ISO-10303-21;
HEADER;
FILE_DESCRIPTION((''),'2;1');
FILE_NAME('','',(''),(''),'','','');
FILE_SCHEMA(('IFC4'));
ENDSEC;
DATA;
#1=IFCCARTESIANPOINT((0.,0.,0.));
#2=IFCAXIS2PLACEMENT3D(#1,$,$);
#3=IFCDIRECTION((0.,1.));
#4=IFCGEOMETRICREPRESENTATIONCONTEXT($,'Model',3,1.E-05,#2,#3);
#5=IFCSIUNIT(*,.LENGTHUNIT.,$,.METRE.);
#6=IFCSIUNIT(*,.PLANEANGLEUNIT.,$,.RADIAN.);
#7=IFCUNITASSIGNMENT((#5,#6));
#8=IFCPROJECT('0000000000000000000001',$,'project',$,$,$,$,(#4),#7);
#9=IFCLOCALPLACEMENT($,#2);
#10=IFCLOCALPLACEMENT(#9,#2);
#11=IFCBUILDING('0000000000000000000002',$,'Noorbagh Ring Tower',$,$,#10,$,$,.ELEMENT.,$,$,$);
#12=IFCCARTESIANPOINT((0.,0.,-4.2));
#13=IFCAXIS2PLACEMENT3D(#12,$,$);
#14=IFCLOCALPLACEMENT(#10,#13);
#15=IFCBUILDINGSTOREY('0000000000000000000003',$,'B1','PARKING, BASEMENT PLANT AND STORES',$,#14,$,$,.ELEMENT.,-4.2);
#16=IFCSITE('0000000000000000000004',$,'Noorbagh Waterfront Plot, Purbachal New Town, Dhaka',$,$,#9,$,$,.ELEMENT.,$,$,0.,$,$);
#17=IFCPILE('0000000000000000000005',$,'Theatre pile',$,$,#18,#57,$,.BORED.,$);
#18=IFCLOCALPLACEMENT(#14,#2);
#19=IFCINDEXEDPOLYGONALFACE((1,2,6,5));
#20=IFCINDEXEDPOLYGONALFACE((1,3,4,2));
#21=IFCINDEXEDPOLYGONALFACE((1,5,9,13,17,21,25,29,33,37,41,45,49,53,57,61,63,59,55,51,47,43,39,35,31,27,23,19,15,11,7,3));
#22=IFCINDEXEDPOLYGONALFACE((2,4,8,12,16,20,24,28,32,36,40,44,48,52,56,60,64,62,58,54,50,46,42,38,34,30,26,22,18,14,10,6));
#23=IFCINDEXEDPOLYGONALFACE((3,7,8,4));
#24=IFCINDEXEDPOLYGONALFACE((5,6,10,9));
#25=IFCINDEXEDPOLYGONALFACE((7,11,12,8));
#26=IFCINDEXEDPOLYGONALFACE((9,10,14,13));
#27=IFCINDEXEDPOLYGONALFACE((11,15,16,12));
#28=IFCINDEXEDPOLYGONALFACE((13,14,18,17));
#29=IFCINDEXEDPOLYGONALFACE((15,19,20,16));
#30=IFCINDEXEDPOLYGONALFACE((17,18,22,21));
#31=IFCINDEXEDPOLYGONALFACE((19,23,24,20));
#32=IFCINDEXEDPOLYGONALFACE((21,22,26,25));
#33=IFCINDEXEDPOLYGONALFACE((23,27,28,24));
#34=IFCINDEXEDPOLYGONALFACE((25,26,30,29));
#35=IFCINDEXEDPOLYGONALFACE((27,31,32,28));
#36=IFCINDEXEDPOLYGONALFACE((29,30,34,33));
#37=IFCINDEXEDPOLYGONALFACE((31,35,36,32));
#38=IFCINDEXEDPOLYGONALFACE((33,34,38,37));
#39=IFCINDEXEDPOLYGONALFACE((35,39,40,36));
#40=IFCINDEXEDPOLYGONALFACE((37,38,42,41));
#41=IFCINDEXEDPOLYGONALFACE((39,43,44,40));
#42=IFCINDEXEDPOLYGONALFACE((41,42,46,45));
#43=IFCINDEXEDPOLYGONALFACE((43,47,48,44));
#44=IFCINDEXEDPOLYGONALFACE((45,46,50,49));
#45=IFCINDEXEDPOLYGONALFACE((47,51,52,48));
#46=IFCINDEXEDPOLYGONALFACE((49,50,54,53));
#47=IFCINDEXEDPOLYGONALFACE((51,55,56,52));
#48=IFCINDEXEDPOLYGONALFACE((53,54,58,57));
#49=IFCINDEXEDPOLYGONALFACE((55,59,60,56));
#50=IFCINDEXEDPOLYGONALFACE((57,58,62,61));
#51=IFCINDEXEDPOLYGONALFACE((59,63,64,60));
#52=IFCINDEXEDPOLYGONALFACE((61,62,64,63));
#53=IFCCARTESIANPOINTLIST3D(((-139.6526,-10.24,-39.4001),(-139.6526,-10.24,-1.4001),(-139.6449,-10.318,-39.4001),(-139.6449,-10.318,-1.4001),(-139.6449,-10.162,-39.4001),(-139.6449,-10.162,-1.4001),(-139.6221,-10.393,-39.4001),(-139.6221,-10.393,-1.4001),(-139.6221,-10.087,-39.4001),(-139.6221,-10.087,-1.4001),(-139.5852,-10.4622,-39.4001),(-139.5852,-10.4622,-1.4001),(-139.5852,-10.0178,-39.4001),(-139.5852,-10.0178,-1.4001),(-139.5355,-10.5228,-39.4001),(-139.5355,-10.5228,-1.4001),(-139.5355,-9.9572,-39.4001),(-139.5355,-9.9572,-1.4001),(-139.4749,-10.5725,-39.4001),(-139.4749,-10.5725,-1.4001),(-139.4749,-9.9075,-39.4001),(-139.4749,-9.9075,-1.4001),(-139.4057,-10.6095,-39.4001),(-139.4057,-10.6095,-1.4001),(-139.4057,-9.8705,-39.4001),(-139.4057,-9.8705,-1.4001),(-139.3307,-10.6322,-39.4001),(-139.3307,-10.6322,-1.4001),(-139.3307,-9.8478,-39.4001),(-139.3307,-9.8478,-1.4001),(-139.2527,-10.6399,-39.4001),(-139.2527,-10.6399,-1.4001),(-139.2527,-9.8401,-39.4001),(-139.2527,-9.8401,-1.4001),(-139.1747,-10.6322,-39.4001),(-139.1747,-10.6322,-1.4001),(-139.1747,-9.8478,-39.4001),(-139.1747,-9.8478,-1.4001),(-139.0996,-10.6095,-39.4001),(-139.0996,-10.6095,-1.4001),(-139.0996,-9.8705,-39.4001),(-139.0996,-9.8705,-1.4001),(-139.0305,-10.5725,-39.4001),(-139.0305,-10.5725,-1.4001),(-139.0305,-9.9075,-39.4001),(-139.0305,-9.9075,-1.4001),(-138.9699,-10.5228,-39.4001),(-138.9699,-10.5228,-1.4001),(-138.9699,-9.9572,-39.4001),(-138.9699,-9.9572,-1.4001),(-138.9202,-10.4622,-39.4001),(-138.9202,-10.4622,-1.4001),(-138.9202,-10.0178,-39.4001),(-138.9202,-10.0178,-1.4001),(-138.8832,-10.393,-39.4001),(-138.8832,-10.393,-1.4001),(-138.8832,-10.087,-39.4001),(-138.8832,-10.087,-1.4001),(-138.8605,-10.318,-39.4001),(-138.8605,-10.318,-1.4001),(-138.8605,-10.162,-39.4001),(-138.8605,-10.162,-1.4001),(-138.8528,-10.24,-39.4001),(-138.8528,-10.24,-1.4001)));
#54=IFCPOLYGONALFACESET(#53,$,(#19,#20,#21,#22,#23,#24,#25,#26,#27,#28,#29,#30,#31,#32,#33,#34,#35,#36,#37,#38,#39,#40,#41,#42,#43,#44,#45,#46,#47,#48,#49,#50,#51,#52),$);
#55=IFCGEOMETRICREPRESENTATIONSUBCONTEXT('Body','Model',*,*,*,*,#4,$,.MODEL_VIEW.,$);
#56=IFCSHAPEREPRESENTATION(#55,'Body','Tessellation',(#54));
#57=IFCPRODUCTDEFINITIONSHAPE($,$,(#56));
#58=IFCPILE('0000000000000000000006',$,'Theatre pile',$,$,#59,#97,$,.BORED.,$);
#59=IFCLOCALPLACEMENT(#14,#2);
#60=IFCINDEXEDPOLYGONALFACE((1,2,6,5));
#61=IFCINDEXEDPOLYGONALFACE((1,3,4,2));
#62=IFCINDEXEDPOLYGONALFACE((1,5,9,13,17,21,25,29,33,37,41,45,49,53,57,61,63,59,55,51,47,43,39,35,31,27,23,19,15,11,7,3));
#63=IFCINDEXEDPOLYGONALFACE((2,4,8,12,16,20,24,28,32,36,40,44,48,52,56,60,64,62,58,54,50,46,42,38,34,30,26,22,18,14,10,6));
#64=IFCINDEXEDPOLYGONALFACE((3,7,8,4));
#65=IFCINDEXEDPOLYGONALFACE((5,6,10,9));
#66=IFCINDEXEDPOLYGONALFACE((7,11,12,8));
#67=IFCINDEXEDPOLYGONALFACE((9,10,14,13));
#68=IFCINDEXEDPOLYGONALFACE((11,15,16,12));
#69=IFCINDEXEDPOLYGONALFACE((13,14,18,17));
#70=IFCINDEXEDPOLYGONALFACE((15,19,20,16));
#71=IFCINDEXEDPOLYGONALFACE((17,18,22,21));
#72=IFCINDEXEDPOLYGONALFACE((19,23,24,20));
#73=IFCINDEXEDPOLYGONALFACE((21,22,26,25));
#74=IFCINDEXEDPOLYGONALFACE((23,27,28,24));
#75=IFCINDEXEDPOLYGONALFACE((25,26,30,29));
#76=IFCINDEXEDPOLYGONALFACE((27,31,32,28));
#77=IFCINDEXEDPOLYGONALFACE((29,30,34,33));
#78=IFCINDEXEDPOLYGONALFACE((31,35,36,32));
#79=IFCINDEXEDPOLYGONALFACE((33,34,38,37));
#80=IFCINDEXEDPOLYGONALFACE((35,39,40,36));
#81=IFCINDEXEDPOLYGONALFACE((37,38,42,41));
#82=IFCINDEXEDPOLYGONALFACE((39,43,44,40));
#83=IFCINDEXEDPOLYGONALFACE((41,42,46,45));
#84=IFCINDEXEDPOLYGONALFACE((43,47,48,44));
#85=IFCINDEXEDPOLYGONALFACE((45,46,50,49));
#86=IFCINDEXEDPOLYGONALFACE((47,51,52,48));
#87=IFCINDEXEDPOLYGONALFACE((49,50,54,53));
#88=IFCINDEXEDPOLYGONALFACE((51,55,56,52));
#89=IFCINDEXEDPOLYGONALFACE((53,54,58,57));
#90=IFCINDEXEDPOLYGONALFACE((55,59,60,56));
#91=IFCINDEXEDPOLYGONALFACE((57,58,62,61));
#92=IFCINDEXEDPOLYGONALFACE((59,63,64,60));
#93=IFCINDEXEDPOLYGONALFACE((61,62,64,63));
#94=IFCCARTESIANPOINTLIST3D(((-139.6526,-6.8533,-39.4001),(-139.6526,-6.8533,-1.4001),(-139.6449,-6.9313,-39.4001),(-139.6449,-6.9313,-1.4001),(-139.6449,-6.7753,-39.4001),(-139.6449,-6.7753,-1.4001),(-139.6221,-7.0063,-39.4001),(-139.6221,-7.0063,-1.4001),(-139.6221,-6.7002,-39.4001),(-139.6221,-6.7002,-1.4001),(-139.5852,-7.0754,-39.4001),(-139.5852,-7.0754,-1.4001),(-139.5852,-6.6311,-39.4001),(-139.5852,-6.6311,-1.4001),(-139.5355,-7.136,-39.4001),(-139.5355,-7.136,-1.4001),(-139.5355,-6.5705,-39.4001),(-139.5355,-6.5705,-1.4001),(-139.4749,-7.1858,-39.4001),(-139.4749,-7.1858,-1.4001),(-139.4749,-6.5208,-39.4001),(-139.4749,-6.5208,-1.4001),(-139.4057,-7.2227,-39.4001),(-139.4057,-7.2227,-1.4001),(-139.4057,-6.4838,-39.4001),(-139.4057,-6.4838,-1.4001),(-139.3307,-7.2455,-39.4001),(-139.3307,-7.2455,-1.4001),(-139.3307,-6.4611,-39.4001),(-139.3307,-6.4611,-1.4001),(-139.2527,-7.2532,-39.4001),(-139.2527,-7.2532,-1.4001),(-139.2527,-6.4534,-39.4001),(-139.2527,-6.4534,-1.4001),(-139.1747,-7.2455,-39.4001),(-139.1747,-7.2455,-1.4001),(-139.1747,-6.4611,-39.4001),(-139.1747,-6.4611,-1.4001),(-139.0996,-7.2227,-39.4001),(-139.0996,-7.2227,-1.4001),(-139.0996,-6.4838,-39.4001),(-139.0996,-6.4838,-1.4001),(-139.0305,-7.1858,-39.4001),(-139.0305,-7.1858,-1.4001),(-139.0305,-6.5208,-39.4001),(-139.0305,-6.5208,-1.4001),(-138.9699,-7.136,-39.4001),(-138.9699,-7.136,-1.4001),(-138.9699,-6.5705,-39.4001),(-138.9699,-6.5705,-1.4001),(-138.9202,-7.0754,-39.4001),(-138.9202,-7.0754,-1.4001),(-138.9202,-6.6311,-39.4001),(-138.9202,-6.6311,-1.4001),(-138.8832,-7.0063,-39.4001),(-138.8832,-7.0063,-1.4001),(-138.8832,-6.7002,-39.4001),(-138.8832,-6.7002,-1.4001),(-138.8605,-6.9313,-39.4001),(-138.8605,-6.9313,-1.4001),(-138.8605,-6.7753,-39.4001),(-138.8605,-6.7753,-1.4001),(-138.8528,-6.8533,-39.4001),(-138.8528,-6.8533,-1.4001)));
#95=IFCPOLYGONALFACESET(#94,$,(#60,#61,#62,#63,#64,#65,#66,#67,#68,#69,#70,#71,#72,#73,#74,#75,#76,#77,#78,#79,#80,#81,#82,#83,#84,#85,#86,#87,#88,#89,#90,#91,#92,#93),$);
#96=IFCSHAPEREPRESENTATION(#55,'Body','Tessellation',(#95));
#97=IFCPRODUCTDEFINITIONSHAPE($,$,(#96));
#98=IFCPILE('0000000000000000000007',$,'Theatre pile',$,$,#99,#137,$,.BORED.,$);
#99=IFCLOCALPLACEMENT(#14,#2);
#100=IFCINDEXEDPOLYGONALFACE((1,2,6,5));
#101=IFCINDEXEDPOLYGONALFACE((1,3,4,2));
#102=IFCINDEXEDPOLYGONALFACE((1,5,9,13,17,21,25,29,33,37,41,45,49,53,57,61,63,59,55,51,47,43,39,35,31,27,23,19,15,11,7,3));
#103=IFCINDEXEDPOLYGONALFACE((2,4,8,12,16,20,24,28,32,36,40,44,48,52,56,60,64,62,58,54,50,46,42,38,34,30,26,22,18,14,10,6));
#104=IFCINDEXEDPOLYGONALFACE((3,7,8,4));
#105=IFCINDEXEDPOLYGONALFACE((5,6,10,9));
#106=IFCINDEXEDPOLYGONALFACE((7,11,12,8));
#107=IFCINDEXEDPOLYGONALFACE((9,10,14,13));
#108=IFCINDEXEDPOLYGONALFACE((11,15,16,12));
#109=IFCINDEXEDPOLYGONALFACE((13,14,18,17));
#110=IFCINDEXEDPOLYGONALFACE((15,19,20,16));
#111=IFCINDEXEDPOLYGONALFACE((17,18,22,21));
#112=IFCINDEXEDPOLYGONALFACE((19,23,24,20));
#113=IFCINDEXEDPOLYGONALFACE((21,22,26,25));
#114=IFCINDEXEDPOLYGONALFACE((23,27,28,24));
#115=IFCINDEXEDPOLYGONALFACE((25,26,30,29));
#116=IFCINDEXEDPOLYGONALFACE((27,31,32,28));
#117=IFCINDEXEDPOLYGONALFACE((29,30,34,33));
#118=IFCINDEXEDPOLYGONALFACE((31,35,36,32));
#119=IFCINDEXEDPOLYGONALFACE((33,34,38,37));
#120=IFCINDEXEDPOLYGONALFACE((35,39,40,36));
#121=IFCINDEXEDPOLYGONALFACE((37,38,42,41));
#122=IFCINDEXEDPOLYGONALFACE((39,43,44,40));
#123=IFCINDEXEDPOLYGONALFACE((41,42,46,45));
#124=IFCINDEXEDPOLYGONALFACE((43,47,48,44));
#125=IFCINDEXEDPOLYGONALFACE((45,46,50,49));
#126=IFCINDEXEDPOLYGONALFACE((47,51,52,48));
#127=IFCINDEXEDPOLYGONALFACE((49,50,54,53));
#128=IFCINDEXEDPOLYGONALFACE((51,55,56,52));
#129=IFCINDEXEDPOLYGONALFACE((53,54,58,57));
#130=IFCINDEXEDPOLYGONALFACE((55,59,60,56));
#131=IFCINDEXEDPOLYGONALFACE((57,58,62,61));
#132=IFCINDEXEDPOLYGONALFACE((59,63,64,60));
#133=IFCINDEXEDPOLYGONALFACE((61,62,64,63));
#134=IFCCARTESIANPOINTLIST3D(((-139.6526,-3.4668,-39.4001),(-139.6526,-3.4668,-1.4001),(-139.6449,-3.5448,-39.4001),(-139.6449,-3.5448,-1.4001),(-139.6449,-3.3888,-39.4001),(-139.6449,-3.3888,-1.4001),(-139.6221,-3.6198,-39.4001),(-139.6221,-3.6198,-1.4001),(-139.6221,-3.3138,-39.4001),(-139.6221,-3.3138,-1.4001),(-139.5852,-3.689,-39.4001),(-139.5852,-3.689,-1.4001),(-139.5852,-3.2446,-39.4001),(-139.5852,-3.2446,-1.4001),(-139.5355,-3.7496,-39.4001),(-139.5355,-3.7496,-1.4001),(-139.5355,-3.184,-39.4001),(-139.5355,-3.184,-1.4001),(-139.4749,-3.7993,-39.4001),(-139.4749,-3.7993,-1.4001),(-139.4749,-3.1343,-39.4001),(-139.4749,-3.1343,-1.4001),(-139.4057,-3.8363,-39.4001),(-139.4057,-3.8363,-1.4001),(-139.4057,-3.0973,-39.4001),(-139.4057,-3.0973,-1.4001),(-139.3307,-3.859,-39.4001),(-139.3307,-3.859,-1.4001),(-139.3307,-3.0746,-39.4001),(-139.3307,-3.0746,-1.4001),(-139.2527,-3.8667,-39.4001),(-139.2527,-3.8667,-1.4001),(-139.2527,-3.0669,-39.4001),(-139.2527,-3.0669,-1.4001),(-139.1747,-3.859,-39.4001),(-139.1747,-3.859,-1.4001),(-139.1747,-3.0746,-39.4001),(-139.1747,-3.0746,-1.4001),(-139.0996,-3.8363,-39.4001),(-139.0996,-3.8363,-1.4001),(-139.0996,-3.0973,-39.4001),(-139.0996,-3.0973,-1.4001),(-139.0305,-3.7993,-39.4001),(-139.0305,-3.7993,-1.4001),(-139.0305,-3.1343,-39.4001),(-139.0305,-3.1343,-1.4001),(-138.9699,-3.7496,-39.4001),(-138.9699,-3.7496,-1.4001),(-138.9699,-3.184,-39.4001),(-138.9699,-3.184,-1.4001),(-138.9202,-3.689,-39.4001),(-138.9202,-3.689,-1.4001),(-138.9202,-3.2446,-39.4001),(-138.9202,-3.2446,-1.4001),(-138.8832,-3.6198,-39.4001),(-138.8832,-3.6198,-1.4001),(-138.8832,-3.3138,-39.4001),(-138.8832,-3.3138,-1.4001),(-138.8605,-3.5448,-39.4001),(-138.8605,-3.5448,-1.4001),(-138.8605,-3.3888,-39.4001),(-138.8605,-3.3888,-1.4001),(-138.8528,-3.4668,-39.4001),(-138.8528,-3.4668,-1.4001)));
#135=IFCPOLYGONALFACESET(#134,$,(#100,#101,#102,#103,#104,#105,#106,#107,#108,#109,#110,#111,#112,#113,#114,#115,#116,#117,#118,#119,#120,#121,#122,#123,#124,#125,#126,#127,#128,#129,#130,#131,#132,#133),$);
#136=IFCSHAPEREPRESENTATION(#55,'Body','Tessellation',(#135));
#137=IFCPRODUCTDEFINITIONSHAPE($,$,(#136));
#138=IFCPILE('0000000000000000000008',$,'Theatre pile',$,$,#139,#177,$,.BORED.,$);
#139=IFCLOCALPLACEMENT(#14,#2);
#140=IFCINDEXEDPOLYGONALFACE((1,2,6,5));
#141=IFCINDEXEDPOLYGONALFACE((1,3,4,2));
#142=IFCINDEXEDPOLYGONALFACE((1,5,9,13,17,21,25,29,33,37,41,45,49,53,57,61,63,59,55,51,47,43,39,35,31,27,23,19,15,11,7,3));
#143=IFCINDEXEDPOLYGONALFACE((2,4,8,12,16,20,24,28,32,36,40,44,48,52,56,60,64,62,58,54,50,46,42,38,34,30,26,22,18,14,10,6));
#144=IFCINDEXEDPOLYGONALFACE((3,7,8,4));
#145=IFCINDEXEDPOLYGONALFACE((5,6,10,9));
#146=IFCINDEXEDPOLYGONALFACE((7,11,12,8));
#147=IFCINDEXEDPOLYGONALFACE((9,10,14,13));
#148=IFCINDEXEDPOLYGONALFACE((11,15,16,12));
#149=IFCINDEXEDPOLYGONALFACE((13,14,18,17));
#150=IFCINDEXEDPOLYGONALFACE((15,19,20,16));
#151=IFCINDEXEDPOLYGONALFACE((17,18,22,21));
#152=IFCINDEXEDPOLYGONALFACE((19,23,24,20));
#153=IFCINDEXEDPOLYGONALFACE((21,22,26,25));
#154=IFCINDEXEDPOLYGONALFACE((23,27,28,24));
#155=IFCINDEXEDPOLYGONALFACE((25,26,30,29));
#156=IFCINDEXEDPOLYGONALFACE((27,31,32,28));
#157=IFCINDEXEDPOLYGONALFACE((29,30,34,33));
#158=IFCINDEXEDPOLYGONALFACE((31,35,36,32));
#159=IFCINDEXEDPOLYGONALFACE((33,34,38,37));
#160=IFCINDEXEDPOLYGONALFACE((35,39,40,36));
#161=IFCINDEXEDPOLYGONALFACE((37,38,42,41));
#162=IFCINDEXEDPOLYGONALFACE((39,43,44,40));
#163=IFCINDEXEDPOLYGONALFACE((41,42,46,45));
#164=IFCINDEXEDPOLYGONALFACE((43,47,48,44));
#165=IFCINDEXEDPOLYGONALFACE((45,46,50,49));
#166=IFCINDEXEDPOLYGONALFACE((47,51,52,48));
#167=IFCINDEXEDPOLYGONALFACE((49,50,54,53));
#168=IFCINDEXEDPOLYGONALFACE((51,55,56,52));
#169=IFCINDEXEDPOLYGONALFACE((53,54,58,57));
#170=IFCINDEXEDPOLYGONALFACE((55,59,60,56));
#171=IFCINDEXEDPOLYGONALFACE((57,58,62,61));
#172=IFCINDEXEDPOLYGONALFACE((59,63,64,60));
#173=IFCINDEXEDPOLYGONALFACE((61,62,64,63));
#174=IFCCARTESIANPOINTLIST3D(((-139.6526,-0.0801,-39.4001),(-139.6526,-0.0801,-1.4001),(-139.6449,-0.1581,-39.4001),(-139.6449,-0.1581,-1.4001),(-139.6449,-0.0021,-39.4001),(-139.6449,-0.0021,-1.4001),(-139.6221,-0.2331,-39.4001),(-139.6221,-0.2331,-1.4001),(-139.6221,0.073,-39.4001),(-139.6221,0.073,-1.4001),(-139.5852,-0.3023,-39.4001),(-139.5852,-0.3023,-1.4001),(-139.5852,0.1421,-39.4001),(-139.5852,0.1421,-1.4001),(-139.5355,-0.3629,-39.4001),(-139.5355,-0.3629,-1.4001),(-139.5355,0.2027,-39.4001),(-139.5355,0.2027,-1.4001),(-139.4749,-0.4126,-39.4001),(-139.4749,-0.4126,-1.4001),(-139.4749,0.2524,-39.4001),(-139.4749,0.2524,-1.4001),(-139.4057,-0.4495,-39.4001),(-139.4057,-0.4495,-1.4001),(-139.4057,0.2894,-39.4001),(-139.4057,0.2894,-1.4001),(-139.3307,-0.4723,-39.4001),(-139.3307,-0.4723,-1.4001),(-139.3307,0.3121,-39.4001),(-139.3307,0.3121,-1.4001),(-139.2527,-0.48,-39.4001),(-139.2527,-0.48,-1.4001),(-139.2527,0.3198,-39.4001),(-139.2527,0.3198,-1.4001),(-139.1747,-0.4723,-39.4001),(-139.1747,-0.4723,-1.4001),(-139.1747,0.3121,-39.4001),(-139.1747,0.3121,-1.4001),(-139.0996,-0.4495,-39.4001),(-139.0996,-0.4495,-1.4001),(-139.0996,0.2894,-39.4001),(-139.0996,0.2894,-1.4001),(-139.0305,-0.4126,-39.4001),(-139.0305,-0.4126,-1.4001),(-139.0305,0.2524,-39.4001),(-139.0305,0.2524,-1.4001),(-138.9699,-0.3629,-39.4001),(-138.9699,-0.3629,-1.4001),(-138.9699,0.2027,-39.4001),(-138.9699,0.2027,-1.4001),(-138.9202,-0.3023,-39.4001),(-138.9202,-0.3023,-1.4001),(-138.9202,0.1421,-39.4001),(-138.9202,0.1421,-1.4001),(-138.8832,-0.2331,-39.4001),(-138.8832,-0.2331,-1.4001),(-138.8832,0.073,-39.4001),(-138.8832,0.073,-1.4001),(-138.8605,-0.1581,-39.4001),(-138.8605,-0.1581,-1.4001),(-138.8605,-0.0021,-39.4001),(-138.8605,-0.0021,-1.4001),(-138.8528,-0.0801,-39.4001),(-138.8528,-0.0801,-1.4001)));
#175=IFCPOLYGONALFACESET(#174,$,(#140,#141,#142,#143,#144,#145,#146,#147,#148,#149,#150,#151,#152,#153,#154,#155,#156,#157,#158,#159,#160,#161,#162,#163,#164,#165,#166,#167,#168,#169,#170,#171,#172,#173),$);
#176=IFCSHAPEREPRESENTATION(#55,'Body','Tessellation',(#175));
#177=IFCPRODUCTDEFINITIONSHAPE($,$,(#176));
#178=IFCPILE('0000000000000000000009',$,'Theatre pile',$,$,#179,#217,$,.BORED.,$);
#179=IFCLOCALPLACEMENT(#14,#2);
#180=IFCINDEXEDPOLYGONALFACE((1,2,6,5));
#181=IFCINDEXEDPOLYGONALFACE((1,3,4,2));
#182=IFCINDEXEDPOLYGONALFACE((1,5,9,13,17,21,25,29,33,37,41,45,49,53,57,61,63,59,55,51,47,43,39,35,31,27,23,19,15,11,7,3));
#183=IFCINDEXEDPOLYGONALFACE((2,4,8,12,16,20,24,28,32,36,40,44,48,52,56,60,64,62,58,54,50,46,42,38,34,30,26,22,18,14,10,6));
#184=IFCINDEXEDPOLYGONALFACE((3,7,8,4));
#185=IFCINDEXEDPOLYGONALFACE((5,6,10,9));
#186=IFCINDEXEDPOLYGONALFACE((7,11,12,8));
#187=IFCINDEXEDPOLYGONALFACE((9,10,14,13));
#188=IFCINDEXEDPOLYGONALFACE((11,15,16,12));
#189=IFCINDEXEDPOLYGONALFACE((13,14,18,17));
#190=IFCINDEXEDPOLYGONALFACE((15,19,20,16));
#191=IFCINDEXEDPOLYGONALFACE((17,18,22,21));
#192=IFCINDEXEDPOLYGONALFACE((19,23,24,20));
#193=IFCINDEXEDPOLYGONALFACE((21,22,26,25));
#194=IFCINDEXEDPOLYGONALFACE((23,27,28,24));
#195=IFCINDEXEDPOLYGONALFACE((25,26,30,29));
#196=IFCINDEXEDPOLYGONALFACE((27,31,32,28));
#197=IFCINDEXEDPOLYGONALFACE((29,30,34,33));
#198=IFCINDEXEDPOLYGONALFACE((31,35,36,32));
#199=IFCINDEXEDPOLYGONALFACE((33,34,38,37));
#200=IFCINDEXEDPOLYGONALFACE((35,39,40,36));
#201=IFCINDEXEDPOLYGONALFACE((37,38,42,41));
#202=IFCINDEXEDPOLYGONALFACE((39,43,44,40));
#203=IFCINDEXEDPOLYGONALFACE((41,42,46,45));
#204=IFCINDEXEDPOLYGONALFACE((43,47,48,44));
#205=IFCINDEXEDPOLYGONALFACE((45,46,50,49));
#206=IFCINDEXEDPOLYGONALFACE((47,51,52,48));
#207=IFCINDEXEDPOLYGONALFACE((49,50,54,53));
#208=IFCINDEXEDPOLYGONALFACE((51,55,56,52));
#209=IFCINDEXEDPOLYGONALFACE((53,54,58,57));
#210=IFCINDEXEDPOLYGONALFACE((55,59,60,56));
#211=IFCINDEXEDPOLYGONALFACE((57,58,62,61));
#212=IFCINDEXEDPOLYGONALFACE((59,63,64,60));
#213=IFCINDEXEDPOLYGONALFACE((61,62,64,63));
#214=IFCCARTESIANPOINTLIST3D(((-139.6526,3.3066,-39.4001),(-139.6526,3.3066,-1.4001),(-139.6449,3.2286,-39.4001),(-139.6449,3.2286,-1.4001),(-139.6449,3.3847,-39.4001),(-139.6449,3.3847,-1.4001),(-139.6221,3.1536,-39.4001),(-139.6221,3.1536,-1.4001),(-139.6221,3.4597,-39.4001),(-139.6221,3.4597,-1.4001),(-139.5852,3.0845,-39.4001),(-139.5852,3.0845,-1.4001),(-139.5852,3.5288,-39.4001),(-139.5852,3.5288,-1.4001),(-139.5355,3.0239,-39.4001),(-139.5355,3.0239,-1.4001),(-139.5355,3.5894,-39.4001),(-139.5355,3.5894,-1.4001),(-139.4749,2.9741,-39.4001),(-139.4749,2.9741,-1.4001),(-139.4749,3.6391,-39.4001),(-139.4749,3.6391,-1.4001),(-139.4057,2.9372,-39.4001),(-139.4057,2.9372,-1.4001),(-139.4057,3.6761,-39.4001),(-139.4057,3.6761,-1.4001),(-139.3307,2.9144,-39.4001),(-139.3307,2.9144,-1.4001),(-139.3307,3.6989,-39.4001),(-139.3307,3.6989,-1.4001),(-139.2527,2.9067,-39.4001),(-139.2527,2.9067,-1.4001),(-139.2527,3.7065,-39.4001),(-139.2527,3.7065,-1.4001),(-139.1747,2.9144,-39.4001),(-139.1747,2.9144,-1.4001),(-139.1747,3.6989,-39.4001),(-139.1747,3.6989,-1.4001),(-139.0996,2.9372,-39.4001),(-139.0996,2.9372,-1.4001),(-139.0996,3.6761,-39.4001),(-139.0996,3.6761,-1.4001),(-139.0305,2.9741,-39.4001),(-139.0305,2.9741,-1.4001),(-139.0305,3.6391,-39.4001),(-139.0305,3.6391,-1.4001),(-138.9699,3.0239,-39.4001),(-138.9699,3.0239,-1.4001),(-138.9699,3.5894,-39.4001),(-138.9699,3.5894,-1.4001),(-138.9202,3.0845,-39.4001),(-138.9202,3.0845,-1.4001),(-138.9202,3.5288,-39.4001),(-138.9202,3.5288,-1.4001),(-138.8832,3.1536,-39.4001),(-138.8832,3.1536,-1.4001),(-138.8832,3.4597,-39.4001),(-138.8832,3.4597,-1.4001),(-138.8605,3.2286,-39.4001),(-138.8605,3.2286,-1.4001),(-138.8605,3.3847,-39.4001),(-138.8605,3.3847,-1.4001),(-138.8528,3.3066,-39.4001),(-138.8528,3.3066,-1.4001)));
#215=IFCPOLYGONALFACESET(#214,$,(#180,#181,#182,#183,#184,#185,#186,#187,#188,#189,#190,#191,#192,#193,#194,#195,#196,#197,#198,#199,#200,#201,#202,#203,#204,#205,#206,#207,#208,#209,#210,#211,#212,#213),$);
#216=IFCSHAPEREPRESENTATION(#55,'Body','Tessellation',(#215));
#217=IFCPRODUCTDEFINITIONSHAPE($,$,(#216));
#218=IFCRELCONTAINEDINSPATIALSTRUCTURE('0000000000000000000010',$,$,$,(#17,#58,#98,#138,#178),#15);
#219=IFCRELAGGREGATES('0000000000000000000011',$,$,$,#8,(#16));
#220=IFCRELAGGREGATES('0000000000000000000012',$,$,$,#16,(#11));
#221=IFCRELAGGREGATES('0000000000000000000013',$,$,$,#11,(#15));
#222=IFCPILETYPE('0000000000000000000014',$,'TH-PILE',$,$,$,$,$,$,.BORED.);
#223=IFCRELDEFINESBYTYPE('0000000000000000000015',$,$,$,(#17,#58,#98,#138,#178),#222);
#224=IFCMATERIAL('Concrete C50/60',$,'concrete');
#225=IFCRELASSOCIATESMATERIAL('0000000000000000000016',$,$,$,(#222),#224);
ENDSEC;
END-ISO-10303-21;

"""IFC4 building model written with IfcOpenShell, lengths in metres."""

from ifc_helpers import new_model, si_unit, direction, frame, origin, origin_2d, place, context, subcontext, project, spatial, circle, extrude, material, material_profile, profile_set, type_object, element, save


model = new_model("IFC4")

# Units and contexts
model_context = context("Model", 3, precision=1e-05, world=origin(), true_north=direction((0.0, 1.0)))
body_context = subcontext(model_context, "Body", "Model", "MODEL_VIEW")
ifc_project = project(units=[si_unit("LENGTHUNIT", "METRE"), si_unit("PLANEANGLEUNIT", "RADIAN")], contexts=[model_context])

# Site, building, storey
site_placement = place(None, origin())
site = spatial("IfcSite", under=ifc_project, at=site_placement, Name="Noorbagh Waterfront Plot, Purbachal New Town, Dhaka", CompositionType="ELEMENT", RefElevation=0.0)
building_placement = place(site_placement, origin())
building = spatial("IfcBuilding", under=site, at=building_placement, Name="Noorbagh Ring Tower", CompositionType="ELEMENT")
storey_placement = place(building_placement, frame((0.0, 0.0, -4.2)))
storey = spatial("IfcBuildingStorey", under=building, at=storey_placement, Name="B1", Description="PARKING, BASEMENT PLANT AND STORES", CompositionType="ELEMENT", Elevation=-4.2)

# Piles
ifc_material_1 = material(Name="Concrete C50/60", Category="concrete")
ifc_material_profile = material_profile(ifc_material_1, circle(Radius=0.3999, at=origin_2d()), Name="PILE800")
ifc_profile_set = profile_set([ifc_material_profile], Name="Concrete C50/60")
pile_type = type_object("IfcPileType", Name="TH-PILE", PredefinedType="BORED", material=ifc_profile_set)
for number, where, z_axis, x_axis, name in (
    (1, (-139.2527, -10.24, -1.4001), (0.0, 0.0, -1.0), (1.0, 0.0, 0.0), "Theatre pile"),
    (2, (-139.2527, -6.8533, -1.4001), (0.0, 0.0, -1.0), (1.0, 0.0, 0.0), "Theatre pile"),
    (3, (-139.2527, -3.4668, -1.4001), (0.0, 0.0, -1.0), (1.0, 0.0, 0.0), "Theatre pile"),
    (4, (-139.2527, -0.0801, -1.4001), (0.0, 0.0, -1.0), (1.0, 0.0, 0.0), "Theatre pile"),
    (5, (-139.2527, 3.3066, -1.4001), (0.0, 0.0, -1.0), (1.0, 0.0, 0.0), "Theatre pile"),
):
    element("IfcPile", number, at=place(storey_placement, frame(where, z_axis=z_axis, x_axis=x_axis)), inside=storey, type_object=pile_type, Name=name, PredefinedType="BORED", context=body_context, shape_type="SweptSolid", body=[
        extrude(circle(Radius=0.3999, at=origin_2d()), origin(), (0.0, 0.0, 1.0), 38.0),
    ])

save(model, "model.ifc")
